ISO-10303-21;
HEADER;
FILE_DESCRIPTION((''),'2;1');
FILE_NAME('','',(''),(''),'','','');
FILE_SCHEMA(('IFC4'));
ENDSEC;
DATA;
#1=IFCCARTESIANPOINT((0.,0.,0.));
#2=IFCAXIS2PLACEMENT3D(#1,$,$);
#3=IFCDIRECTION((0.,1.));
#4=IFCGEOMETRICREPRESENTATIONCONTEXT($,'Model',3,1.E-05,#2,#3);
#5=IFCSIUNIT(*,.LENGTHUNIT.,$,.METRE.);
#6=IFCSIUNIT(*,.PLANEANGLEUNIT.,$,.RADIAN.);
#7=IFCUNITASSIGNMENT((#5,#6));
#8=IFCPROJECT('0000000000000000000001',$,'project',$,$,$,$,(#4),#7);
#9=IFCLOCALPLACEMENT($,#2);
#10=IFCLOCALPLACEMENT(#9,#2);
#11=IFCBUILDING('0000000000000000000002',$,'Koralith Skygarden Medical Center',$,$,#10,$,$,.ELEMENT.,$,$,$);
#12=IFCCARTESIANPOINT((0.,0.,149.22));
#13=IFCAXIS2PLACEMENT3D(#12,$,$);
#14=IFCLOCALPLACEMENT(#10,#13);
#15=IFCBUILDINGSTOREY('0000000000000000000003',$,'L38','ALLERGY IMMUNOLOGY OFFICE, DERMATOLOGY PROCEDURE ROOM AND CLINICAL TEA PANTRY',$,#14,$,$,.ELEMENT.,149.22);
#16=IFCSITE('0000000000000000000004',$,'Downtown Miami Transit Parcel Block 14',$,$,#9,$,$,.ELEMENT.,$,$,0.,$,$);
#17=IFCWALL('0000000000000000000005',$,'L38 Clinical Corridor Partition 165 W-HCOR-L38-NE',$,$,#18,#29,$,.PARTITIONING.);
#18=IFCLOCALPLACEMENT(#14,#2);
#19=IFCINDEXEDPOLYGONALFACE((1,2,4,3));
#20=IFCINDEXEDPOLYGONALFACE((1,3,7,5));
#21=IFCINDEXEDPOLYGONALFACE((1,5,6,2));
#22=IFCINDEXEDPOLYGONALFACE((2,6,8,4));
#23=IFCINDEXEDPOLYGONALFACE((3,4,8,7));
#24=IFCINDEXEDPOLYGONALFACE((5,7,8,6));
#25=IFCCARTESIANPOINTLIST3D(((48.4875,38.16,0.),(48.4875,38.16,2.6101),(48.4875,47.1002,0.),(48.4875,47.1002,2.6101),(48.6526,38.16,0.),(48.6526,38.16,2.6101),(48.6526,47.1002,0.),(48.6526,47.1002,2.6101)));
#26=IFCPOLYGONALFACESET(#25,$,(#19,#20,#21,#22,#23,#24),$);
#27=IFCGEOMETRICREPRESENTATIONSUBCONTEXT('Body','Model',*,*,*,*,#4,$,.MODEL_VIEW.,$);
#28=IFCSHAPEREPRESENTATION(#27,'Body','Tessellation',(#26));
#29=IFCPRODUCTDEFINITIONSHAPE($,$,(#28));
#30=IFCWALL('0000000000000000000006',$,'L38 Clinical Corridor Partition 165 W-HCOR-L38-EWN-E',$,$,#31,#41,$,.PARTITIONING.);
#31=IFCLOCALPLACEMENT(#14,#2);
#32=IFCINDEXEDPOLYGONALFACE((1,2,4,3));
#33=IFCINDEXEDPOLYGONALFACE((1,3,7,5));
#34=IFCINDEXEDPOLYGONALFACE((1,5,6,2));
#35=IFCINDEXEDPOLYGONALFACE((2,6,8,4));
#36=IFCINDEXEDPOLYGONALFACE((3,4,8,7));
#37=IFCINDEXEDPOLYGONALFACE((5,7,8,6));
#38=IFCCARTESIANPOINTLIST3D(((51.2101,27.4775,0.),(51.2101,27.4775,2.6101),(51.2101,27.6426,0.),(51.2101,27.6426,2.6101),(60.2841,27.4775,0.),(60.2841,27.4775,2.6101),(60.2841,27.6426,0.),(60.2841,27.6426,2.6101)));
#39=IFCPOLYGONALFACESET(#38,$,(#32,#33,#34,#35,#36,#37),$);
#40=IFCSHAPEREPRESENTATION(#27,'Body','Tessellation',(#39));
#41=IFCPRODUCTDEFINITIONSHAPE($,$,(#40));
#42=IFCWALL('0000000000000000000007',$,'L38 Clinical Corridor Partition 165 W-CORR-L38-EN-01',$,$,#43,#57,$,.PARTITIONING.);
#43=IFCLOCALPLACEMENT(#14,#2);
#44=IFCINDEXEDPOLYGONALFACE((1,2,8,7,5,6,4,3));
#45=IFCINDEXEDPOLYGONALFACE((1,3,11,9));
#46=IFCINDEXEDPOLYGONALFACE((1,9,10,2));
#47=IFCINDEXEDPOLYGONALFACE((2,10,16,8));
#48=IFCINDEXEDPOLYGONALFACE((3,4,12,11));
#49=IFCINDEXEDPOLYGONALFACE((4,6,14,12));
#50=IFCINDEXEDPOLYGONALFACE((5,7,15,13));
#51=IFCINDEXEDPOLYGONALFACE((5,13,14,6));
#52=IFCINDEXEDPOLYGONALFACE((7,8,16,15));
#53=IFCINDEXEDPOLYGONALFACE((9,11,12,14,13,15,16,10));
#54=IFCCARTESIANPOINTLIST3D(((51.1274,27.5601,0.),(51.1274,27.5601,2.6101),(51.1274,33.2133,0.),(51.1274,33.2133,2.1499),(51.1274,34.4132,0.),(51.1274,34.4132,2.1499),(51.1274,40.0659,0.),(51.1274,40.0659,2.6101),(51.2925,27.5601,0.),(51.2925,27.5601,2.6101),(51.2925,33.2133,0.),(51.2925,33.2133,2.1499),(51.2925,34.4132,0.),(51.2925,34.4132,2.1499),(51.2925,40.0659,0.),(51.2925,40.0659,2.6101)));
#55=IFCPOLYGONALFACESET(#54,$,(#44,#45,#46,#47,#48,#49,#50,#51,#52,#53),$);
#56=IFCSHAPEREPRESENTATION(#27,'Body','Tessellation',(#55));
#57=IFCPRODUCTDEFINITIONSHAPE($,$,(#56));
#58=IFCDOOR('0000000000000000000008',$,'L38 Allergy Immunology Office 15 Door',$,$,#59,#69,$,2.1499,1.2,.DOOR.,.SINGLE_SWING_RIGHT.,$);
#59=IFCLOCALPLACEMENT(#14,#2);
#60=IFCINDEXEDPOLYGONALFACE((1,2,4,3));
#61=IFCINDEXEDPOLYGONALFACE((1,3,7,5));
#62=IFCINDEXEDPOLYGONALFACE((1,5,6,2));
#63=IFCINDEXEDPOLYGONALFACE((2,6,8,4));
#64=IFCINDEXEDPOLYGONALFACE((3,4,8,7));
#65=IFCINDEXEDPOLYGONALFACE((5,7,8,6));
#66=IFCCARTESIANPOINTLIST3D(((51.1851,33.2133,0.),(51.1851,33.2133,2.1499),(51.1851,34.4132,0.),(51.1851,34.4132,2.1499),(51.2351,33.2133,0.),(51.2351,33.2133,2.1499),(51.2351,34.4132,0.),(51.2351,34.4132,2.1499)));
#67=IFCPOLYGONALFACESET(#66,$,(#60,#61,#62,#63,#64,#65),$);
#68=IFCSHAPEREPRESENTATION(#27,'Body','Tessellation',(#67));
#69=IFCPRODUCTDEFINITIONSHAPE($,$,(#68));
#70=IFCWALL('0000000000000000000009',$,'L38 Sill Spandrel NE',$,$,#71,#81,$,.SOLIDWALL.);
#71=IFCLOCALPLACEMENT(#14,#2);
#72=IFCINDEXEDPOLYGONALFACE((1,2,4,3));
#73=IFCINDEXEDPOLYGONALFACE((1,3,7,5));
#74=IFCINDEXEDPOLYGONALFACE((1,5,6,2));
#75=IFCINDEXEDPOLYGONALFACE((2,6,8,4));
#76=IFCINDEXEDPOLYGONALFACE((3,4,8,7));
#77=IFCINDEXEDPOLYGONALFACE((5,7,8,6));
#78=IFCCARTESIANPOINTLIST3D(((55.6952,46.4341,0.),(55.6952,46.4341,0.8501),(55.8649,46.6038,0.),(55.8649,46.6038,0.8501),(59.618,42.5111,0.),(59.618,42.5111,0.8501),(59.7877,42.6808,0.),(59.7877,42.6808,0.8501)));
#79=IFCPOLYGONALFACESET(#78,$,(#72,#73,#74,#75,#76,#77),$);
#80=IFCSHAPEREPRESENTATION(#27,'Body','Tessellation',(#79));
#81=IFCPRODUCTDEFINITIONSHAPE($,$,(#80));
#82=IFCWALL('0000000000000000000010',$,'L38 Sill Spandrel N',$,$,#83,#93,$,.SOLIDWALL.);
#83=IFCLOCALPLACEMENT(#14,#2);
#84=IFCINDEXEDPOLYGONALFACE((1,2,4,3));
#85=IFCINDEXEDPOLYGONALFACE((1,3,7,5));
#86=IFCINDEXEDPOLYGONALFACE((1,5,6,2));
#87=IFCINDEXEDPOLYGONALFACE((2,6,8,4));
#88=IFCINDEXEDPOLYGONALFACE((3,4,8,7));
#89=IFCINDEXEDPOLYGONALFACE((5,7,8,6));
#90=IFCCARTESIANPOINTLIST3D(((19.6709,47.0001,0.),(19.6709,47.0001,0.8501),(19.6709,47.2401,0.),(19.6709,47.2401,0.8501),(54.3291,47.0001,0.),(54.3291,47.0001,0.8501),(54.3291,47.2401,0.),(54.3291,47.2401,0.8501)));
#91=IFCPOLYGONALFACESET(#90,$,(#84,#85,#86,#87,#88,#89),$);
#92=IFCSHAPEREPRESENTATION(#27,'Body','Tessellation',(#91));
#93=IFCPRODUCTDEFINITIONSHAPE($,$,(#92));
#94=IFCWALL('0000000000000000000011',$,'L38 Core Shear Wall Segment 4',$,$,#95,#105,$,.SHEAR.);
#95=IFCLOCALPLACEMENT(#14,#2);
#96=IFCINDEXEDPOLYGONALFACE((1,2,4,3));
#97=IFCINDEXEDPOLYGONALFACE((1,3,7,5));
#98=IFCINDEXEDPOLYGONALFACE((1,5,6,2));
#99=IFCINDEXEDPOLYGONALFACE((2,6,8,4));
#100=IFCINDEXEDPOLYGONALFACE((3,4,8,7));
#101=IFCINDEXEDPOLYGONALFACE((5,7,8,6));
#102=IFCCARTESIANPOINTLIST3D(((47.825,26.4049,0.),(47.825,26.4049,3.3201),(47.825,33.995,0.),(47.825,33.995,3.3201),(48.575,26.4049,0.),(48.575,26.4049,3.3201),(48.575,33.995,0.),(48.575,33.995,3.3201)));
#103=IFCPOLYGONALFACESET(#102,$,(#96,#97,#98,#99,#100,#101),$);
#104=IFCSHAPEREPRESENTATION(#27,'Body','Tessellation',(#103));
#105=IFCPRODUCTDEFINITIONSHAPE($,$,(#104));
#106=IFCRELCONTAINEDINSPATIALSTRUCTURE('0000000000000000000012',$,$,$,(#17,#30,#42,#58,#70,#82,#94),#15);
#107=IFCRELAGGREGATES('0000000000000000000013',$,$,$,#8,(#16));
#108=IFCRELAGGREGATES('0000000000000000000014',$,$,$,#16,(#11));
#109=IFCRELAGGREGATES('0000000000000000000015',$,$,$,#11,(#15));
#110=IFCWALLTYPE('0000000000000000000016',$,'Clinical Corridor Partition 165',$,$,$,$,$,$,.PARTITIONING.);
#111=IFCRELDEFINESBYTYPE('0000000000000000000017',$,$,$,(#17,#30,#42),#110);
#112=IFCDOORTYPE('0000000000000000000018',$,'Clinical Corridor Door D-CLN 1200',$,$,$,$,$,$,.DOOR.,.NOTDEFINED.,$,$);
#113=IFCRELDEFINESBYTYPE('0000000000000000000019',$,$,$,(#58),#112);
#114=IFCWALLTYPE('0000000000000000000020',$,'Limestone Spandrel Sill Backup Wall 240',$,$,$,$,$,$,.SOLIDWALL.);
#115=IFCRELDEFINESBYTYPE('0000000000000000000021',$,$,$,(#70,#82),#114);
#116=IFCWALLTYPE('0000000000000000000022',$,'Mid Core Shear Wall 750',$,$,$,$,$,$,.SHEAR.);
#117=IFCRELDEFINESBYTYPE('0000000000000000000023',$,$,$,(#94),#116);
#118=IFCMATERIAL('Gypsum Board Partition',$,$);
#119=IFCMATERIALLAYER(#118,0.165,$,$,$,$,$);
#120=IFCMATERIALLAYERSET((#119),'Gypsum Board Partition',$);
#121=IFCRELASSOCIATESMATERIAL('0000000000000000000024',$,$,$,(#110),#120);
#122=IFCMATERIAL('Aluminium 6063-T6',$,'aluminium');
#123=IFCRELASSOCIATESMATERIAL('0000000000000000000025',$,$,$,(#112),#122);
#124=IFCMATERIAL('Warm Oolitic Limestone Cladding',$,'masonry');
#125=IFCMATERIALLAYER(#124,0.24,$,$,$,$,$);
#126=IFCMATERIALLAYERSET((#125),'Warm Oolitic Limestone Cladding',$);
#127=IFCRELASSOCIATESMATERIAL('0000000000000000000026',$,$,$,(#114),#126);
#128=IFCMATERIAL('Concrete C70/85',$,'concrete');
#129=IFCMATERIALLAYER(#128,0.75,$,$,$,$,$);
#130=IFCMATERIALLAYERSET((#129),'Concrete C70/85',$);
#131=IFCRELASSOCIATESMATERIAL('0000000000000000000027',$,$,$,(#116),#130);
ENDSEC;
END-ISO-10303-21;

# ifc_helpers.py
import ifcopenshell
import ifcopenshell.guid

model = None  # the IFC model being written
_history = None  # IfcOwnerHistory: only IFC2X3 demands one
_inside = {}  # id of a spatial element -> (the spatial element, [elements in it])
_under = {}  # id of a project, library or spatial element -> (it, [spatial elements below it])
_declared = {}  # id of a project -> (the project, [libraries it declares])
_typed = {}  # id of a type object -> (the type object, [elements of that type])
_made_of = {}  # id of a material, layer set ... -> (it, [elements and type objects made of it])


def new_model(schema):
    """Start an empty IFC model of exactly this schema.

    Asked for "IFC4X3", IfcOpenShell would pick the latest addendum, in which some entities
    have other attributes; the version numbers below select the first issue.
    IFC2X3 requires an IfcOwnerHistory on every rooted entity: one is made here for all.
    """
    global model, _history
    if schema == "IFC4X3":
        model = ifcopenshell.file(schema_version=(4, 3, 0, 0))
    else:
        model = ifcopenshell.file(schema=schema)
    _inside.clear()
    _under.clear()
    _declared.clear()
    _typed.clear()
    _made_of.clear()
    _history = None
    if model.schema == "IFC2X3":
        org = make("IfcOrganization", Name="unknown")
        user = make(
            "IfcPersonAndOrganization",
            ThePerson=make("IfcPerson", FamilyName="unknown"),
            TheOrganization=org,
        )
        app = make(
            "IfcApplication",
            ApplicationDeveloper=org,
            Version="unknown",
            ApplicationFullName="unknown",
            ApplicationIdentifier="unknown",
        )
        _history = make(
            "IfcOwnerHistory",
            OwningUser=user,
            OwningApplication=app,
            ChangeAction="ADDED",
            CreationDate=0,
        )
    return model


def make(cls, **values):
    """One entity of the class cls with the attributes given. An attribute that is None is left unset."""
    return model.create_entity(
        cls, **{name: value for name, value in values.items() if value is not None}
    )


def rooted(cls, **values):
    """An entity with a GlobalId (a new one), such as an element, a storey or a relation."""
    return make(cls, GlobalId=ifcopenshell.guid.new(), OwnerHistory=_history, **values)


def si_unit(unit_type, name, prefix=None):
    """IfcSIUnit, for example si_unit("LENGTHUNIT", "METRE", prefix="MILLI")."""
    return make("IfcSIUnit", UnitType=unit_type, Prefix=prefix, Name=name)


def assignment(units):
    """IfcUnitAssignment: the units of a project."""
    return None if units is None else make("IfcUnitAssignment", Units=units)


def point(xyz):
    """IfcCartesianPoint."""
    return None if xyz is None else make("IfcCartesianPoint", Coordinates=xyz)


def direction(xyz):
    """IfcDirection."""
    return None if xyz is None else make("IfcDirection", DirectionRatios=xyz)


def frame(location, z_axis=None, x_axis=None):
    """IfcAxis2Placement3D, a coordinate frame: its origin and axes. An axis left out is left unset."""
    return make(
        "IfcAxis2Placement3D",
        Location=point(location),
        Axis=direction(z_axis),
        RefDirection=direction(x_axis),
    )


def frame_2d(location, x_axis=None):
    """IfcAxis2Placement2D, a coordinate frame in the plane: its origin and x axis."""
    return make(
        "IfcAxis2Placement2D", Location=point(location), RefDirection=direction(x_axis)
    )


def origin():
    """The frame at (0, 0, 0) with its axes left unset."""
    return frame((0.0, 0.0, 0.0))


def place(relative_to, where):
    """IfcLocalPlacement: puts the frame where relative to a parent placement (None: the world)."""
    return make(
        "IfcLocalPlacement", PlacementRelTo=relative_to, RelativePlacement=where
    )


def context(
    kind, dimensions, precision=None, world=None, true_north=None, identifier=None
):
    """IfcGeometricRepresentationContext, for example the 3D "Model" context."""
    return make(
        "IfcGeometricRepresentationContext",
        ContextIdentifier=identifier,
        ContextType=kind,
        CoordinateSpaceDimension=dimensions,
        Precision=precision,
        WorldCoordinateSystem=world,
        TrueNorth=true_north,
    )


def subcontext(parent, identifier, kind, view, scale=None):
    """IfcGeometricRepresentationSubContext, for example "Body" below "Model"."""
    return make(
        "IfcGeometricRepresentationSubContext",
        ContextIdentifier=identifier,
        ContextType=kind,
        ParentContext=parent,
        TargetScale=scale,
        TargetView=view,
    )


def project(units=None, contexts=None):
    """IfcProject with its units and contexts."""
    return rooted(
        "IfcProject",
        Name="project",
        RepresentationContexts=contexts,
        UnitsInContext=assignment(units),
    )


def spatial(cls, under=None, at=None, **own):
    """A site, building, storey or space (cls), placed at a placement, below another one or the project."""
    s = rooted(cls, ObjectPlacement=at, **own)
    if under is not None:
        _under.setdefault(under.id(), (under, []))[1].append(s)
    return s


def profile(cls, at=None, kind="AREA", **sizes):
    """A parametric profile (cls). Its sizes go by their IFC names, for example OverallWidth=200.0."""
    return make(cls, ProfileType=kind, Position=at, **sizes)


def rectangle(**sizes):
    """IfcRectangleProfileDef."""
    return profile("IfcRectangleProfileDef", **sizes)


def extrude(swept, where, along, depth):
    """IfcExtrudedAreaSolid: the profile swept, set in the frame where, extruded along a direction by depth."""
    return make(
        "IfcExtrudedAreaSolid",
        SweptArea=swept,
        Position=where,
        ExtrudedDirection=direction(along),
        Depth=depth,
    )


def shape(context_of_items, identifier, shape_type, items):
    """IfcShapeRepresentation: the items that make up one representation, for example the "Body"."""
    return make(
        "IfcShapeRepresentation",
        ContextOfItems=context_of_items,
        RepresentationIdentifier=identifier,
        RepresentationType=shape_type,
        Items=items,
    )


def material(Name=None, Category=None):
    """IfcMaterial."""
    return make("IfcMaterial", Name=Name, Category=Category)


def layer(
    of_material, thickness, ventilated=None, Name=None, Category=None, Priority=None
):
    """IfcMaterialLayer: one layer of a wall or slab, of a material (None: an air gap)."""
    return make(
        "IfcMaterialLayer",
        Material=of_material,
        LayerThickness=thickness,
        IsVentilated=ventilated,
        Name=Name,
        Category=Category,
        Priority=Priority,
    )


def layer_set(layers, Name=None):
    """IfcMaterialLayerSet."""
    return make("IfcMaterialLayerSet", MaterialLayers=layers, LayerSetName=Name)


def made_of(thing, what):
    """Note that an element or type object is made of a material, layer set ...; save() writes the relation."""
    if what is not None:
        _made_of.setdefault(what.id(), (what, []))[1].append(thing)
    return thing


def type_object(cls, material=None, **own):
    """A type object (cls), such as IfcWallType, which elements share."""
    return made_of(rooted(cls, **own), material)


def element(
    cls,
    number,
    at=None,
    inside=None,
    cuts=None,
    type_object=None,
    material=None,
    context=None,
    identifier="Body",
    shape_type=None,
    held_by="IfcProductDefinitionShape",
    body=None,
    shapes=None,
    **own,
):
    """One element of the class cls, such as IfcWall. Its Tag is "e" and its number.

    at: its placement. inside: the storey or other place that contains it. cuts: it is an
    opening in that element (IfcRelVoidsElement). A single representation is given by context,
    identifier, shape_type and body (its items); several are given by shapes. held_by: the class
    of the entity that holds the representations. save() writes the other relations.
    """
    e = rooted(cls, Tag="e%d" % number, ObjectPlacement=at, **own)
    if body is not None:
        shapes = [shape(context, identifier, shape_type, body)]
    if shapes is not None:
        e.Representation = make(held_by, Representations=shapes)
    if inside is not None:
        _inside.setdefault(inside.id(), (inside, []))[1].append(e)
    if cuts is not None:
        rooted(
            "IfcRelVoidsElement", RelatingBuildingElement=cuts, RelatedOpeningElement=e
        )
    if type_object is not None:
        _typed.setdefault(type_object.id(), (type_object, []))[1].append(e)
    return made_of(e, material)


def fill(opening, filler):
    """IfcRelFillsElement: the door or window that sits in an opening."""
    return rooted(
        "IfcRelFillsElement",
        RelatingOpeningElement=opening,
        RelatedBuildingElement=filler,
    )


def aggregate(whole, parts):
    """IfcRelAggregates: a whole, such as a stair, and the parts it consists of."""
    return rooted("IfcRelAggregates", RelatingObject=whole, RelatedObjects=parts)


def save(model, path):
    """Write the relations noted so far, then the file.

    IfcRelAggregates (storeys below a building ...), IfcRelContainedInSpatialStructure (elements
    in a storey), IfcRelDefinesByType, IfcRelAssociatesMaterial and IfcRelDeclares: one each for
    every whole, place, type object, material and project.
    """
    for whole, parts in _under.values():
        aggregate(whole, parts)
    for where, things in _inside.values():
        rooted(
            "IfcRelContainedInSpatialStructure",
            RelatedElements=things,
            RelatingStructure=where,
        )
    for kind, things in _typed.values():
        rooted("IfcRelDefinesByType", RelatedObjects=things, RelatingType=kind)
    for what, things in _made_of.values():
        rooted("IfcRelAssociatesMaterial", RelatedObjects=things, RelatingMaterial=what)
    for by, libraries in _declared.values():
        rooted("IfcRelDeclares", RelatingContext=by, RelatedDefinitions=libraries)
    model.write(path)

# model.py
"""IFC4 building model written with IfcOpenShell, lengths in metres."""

from ifc_helpers import new_model, si_unit, direction, frame, frame_2d, origin, place, context, subcontext, project, spatial, rectangle, extrude, material, layer, layer_set, type_object, element, fill, save


model = new_model("IFC4")

# Units and contexts
model_context = context("Model", 3, precision=1e-05, world=origin(), true_north=direction((0.0, 1.0)))
body_context = subcontext(model_context, "Body", "Model", "MODEL_VIEW")
ifc_project = project(units=[si_unit("LENGTHUNIT", "METRE"), si_unit("PLANEANGLEUNIT", "RADIAN")], contexts=[model_context])

# Site, building, storey
site_placement = place(None, origin())
site = spatial("IfcSite", under=ifc_project, at=site_placement, Name="Downtown Miami Transit Parcel Block 14", CompositionType="ELEMENT", RefElevation=0.0)
building_placement = place(site_placement, origin())
building = spatial("IfcBuilding", under=site, at=building_placement, Name="Koralith Skygarden Medical Center", CompositionType="ELEMENT")
storey_placement = place(building_placement, frame((0.0, 0.0, 149.22)))
storey = spatial("IfcBuildingStorey", under=building, at=storey_placement, Name="L38", Description="ALLERGY IMMUNOLOGY OFFICE, DERMATOLOGY PROCEDURE ROOM AND CLINICAL TEA PANTRY", CompositionType="ELEMENT", Elevation=149.22)

# Shared definitions
ifc_material_1 = material(Name="Concrete C70/85", Category="concrete")

# Shared definitions
ifc_material_2 = material(Name="Aluminium 6063-T6", Category="aluminium")

# Shared definitions
ifc_material_3 = material(Name="Warm Oolitic Limestone Cladding", Category="masonry")

# Walls
ifc_material_4 = material(Name="Gypsum Board Partition")
ifc_layer_1 = layer(ifc_material_4, 0.165)
ifc_layer_set_1 = layer_set([ifc_layer_1], Name="Gypsum Board Partition")
wall_type_1 = type_object("IfcWallType", Name="Clinical Corridor Partition 165", PredefinedType="PARTITIONING", material=ifc_layer_set_1)
wall_1_placement = place(storey_placement, frame((48.5701, 38.1599, 0.0), z_axis=(0.0, 0.0, 1.0), x_axis=(0.0, 1.0, 0.0)))
element("IfcWall", 1, at=wall_1_placement, inside=storey, type_object=wall_type_1, Name="L38 Clinical Corridor Partition 165 W-HCOR-L38-NE", PredefinedType="PARTITIONING", context=body_context, shape_type="SweptSolid", body=[
    extrude(rectangle(XDim=8.9402, YDim=0.165, at=frame_2d((4.4702, 0.0))), origin(), (0.0, 0.0, 1.0), 2.6101),
])
wall_2_placement = place(storey_placement, frame((51.21, 27.5601, 0.0), z_axis=(0.0, 0.0, 1.0), x_axis=(1.0, 0.0, 0.0)))
element("IfcWall", 2, at=wall_2_placement, inside=storey, type_object=wall_type_1, Name="L38 Clinical Corridor Partition 165 W-HCOR-L38-EWN-E", PredefinedType="PARTITIONING", context=body_context, shape_type="SweptSolid", body=[
    extrude(rectangle(XDim=9.074, YDim=0.165, at=frame_2d((4.5371, 0.0))), origin(), (0.0, 0.0, 1.0), 2.6101),
])

# Wall, opening, door
wall_3_placement = place(storey_placement, frame((51.21, 27.5601, 0.0), z_axis=(0.0, 0.0, 1.0), x_axis=(0.0, 1.0, 0.0)))
wall_3 = element("IfcWall", 3, at=wall_3_placement, inside=storey, type_object=wall_type_1, Name="L38 Clinical Corridor Partition 165 W-CORR-L38-EN-01", PredefinedType="PARTITIONING", context=body_context, shape_type="SweptSolid", body=[
    extrude(rectangle(XDim=12.5059, YDim=0.165, at=frame_2d((6.2529, 0.0))), origin(), (0.0, 0.0, 1.0), 2.6101),
])
opening_1_placement = place(wall_3_placement, frame((5.6531, 0.0, 0.0)))
opening_1 = element("IfcOpeningElement", 4, at=opening_1_placement, cuts=wall_3, PredefinedType="OPENING", context=body_context, shape_type="SweptSolid", body=[
    extrude(rectangle(XDim=1.2, YDim=2.1499, at=frame_2d((0.6001, 1.075))), frame((0.0, 0.0925, 0.0), z_axis=(0.0, -1.0, 0.0), x_axis=(1.0, 0.0, 0.0)), (0.0, 0.0, 1.0), 0.1851),
])
door_type = type_object("IfcDoorType", Name="Clinical Corridor Door D-CLN 1200", OperationType="NOTDEFINED", PredefinedType="DOOR", material=ifc_material_2)
door_1_placement = place(opening_1_placement, origin())
door_1 = element("IfcDoor", 5, at=door_1_placement, inside=storey, type_object=door_type, Name="L38 Allergy Immunology Office 15 Door", OperationType="SINGLE_SWING_RIGHT", OverallHeight=2.1499, OverallWidth=1.2, PredefinedType="DOOR", context=body_context, shape_type="SweptSolid", body=[
    extrude(rectangle(XDim=1.2, YDim=2.1499, at=frame_2d((0.6001, 1.075))), frame((0.0, 0.0249, 0.0), z_axis=(0.0, -1.0, 0.0), x_axis=(1.0, 0.0, 0.0)), (0.0, 0.0, 1.0), 0.05),
])
fill(opening_1, door_1)

# Walls
ifc_layer_2 = layer(ifc_material_3, 0.24)
ifc_layer_set_2 = layer_set([ifc_layer_2], Name="Warm Oolitic Limestone Cladding")
wall_type_2 = type_object("IfcWallType", Name="Limestone Spandrel Sill Backup Wall 240", PredefinedType="SOLIDWALL", material=ifc_layer_set_2)
wall_4_placement = place(storey_placement, frame((59.7029, 42.5959, 0.0), z_axis=(0.0, 0.0, 1.0), x_axis=(-0.707085, 0.707129, 0.0)))
element("IfcWall", 6, at=wall_4_placement, inside=storey, type_object=wall_type_2, Name="L38 Sill Spandrel NE", PredefinedType="SOLIDWALL", context=body_context, shape_type="SweptSolid", body=[
    extrude(rectangle(XDim=5.5479, YDim=0.24, at=frame_2d((2.7739, 0.0))), origin(), (0.0, 0.0, 1.0), 0.8501),
])
wall_5_placement = place(storey_placement, frame((54.3291, 47.1201, 0.0), z_axis=(0.0, 0.0, 1.0), x_axis=(-1.0, 0.0, 0.0)))
element("IfcWall", 7, at=wall_5_placement, inside=storey, type_object=wall_type_2, Name="L38 Sill Spandrel N", PredefinedType="SOLIDWALL", context=body_context, shape_type="SweptSolid", body=[
    extrude(rectangle(XDim=34.6582, YDim=0.24, at=frame_2d((17.3291, 0.0))), origin(), (0.0, 0.0, 1.0), 0.8501),
])
ifc_layer_3 = layer(ifc_material_1, 0.75)
ifc_layer_set_3 = layer_set([ifc_layer_3], Name="Concrete C70/85")
wall_type_3 = type_object("IfcWallType", Name="Mid Core Shear Wall 750", PredefinedType="SHEAR", material=ifc_layer_set_3)
wall_6_placement = place(storey_placement, frame((48.2, 26.405, 0.0), z_axis=(0.0, 0.0, 1.0), x_axis=(0.0, 1.0, 0.0)))
element("IfcWall", 8, at=wall_6_placement, inside=storey, type_object=wall_type_3, Name="L38 Core Shear Wall Segment 4", PredefinedType="SHEAR", context=body_context, shape_type="SweptSolid", body=[
    extrude(rectangle(XDim=7.5901, YDim=0.75, at=frame_2d((3.7949, 0.0))), origin(), (0.0, 0.0, 1.0), 3.3201),
])

save(model, "model.ifc")
